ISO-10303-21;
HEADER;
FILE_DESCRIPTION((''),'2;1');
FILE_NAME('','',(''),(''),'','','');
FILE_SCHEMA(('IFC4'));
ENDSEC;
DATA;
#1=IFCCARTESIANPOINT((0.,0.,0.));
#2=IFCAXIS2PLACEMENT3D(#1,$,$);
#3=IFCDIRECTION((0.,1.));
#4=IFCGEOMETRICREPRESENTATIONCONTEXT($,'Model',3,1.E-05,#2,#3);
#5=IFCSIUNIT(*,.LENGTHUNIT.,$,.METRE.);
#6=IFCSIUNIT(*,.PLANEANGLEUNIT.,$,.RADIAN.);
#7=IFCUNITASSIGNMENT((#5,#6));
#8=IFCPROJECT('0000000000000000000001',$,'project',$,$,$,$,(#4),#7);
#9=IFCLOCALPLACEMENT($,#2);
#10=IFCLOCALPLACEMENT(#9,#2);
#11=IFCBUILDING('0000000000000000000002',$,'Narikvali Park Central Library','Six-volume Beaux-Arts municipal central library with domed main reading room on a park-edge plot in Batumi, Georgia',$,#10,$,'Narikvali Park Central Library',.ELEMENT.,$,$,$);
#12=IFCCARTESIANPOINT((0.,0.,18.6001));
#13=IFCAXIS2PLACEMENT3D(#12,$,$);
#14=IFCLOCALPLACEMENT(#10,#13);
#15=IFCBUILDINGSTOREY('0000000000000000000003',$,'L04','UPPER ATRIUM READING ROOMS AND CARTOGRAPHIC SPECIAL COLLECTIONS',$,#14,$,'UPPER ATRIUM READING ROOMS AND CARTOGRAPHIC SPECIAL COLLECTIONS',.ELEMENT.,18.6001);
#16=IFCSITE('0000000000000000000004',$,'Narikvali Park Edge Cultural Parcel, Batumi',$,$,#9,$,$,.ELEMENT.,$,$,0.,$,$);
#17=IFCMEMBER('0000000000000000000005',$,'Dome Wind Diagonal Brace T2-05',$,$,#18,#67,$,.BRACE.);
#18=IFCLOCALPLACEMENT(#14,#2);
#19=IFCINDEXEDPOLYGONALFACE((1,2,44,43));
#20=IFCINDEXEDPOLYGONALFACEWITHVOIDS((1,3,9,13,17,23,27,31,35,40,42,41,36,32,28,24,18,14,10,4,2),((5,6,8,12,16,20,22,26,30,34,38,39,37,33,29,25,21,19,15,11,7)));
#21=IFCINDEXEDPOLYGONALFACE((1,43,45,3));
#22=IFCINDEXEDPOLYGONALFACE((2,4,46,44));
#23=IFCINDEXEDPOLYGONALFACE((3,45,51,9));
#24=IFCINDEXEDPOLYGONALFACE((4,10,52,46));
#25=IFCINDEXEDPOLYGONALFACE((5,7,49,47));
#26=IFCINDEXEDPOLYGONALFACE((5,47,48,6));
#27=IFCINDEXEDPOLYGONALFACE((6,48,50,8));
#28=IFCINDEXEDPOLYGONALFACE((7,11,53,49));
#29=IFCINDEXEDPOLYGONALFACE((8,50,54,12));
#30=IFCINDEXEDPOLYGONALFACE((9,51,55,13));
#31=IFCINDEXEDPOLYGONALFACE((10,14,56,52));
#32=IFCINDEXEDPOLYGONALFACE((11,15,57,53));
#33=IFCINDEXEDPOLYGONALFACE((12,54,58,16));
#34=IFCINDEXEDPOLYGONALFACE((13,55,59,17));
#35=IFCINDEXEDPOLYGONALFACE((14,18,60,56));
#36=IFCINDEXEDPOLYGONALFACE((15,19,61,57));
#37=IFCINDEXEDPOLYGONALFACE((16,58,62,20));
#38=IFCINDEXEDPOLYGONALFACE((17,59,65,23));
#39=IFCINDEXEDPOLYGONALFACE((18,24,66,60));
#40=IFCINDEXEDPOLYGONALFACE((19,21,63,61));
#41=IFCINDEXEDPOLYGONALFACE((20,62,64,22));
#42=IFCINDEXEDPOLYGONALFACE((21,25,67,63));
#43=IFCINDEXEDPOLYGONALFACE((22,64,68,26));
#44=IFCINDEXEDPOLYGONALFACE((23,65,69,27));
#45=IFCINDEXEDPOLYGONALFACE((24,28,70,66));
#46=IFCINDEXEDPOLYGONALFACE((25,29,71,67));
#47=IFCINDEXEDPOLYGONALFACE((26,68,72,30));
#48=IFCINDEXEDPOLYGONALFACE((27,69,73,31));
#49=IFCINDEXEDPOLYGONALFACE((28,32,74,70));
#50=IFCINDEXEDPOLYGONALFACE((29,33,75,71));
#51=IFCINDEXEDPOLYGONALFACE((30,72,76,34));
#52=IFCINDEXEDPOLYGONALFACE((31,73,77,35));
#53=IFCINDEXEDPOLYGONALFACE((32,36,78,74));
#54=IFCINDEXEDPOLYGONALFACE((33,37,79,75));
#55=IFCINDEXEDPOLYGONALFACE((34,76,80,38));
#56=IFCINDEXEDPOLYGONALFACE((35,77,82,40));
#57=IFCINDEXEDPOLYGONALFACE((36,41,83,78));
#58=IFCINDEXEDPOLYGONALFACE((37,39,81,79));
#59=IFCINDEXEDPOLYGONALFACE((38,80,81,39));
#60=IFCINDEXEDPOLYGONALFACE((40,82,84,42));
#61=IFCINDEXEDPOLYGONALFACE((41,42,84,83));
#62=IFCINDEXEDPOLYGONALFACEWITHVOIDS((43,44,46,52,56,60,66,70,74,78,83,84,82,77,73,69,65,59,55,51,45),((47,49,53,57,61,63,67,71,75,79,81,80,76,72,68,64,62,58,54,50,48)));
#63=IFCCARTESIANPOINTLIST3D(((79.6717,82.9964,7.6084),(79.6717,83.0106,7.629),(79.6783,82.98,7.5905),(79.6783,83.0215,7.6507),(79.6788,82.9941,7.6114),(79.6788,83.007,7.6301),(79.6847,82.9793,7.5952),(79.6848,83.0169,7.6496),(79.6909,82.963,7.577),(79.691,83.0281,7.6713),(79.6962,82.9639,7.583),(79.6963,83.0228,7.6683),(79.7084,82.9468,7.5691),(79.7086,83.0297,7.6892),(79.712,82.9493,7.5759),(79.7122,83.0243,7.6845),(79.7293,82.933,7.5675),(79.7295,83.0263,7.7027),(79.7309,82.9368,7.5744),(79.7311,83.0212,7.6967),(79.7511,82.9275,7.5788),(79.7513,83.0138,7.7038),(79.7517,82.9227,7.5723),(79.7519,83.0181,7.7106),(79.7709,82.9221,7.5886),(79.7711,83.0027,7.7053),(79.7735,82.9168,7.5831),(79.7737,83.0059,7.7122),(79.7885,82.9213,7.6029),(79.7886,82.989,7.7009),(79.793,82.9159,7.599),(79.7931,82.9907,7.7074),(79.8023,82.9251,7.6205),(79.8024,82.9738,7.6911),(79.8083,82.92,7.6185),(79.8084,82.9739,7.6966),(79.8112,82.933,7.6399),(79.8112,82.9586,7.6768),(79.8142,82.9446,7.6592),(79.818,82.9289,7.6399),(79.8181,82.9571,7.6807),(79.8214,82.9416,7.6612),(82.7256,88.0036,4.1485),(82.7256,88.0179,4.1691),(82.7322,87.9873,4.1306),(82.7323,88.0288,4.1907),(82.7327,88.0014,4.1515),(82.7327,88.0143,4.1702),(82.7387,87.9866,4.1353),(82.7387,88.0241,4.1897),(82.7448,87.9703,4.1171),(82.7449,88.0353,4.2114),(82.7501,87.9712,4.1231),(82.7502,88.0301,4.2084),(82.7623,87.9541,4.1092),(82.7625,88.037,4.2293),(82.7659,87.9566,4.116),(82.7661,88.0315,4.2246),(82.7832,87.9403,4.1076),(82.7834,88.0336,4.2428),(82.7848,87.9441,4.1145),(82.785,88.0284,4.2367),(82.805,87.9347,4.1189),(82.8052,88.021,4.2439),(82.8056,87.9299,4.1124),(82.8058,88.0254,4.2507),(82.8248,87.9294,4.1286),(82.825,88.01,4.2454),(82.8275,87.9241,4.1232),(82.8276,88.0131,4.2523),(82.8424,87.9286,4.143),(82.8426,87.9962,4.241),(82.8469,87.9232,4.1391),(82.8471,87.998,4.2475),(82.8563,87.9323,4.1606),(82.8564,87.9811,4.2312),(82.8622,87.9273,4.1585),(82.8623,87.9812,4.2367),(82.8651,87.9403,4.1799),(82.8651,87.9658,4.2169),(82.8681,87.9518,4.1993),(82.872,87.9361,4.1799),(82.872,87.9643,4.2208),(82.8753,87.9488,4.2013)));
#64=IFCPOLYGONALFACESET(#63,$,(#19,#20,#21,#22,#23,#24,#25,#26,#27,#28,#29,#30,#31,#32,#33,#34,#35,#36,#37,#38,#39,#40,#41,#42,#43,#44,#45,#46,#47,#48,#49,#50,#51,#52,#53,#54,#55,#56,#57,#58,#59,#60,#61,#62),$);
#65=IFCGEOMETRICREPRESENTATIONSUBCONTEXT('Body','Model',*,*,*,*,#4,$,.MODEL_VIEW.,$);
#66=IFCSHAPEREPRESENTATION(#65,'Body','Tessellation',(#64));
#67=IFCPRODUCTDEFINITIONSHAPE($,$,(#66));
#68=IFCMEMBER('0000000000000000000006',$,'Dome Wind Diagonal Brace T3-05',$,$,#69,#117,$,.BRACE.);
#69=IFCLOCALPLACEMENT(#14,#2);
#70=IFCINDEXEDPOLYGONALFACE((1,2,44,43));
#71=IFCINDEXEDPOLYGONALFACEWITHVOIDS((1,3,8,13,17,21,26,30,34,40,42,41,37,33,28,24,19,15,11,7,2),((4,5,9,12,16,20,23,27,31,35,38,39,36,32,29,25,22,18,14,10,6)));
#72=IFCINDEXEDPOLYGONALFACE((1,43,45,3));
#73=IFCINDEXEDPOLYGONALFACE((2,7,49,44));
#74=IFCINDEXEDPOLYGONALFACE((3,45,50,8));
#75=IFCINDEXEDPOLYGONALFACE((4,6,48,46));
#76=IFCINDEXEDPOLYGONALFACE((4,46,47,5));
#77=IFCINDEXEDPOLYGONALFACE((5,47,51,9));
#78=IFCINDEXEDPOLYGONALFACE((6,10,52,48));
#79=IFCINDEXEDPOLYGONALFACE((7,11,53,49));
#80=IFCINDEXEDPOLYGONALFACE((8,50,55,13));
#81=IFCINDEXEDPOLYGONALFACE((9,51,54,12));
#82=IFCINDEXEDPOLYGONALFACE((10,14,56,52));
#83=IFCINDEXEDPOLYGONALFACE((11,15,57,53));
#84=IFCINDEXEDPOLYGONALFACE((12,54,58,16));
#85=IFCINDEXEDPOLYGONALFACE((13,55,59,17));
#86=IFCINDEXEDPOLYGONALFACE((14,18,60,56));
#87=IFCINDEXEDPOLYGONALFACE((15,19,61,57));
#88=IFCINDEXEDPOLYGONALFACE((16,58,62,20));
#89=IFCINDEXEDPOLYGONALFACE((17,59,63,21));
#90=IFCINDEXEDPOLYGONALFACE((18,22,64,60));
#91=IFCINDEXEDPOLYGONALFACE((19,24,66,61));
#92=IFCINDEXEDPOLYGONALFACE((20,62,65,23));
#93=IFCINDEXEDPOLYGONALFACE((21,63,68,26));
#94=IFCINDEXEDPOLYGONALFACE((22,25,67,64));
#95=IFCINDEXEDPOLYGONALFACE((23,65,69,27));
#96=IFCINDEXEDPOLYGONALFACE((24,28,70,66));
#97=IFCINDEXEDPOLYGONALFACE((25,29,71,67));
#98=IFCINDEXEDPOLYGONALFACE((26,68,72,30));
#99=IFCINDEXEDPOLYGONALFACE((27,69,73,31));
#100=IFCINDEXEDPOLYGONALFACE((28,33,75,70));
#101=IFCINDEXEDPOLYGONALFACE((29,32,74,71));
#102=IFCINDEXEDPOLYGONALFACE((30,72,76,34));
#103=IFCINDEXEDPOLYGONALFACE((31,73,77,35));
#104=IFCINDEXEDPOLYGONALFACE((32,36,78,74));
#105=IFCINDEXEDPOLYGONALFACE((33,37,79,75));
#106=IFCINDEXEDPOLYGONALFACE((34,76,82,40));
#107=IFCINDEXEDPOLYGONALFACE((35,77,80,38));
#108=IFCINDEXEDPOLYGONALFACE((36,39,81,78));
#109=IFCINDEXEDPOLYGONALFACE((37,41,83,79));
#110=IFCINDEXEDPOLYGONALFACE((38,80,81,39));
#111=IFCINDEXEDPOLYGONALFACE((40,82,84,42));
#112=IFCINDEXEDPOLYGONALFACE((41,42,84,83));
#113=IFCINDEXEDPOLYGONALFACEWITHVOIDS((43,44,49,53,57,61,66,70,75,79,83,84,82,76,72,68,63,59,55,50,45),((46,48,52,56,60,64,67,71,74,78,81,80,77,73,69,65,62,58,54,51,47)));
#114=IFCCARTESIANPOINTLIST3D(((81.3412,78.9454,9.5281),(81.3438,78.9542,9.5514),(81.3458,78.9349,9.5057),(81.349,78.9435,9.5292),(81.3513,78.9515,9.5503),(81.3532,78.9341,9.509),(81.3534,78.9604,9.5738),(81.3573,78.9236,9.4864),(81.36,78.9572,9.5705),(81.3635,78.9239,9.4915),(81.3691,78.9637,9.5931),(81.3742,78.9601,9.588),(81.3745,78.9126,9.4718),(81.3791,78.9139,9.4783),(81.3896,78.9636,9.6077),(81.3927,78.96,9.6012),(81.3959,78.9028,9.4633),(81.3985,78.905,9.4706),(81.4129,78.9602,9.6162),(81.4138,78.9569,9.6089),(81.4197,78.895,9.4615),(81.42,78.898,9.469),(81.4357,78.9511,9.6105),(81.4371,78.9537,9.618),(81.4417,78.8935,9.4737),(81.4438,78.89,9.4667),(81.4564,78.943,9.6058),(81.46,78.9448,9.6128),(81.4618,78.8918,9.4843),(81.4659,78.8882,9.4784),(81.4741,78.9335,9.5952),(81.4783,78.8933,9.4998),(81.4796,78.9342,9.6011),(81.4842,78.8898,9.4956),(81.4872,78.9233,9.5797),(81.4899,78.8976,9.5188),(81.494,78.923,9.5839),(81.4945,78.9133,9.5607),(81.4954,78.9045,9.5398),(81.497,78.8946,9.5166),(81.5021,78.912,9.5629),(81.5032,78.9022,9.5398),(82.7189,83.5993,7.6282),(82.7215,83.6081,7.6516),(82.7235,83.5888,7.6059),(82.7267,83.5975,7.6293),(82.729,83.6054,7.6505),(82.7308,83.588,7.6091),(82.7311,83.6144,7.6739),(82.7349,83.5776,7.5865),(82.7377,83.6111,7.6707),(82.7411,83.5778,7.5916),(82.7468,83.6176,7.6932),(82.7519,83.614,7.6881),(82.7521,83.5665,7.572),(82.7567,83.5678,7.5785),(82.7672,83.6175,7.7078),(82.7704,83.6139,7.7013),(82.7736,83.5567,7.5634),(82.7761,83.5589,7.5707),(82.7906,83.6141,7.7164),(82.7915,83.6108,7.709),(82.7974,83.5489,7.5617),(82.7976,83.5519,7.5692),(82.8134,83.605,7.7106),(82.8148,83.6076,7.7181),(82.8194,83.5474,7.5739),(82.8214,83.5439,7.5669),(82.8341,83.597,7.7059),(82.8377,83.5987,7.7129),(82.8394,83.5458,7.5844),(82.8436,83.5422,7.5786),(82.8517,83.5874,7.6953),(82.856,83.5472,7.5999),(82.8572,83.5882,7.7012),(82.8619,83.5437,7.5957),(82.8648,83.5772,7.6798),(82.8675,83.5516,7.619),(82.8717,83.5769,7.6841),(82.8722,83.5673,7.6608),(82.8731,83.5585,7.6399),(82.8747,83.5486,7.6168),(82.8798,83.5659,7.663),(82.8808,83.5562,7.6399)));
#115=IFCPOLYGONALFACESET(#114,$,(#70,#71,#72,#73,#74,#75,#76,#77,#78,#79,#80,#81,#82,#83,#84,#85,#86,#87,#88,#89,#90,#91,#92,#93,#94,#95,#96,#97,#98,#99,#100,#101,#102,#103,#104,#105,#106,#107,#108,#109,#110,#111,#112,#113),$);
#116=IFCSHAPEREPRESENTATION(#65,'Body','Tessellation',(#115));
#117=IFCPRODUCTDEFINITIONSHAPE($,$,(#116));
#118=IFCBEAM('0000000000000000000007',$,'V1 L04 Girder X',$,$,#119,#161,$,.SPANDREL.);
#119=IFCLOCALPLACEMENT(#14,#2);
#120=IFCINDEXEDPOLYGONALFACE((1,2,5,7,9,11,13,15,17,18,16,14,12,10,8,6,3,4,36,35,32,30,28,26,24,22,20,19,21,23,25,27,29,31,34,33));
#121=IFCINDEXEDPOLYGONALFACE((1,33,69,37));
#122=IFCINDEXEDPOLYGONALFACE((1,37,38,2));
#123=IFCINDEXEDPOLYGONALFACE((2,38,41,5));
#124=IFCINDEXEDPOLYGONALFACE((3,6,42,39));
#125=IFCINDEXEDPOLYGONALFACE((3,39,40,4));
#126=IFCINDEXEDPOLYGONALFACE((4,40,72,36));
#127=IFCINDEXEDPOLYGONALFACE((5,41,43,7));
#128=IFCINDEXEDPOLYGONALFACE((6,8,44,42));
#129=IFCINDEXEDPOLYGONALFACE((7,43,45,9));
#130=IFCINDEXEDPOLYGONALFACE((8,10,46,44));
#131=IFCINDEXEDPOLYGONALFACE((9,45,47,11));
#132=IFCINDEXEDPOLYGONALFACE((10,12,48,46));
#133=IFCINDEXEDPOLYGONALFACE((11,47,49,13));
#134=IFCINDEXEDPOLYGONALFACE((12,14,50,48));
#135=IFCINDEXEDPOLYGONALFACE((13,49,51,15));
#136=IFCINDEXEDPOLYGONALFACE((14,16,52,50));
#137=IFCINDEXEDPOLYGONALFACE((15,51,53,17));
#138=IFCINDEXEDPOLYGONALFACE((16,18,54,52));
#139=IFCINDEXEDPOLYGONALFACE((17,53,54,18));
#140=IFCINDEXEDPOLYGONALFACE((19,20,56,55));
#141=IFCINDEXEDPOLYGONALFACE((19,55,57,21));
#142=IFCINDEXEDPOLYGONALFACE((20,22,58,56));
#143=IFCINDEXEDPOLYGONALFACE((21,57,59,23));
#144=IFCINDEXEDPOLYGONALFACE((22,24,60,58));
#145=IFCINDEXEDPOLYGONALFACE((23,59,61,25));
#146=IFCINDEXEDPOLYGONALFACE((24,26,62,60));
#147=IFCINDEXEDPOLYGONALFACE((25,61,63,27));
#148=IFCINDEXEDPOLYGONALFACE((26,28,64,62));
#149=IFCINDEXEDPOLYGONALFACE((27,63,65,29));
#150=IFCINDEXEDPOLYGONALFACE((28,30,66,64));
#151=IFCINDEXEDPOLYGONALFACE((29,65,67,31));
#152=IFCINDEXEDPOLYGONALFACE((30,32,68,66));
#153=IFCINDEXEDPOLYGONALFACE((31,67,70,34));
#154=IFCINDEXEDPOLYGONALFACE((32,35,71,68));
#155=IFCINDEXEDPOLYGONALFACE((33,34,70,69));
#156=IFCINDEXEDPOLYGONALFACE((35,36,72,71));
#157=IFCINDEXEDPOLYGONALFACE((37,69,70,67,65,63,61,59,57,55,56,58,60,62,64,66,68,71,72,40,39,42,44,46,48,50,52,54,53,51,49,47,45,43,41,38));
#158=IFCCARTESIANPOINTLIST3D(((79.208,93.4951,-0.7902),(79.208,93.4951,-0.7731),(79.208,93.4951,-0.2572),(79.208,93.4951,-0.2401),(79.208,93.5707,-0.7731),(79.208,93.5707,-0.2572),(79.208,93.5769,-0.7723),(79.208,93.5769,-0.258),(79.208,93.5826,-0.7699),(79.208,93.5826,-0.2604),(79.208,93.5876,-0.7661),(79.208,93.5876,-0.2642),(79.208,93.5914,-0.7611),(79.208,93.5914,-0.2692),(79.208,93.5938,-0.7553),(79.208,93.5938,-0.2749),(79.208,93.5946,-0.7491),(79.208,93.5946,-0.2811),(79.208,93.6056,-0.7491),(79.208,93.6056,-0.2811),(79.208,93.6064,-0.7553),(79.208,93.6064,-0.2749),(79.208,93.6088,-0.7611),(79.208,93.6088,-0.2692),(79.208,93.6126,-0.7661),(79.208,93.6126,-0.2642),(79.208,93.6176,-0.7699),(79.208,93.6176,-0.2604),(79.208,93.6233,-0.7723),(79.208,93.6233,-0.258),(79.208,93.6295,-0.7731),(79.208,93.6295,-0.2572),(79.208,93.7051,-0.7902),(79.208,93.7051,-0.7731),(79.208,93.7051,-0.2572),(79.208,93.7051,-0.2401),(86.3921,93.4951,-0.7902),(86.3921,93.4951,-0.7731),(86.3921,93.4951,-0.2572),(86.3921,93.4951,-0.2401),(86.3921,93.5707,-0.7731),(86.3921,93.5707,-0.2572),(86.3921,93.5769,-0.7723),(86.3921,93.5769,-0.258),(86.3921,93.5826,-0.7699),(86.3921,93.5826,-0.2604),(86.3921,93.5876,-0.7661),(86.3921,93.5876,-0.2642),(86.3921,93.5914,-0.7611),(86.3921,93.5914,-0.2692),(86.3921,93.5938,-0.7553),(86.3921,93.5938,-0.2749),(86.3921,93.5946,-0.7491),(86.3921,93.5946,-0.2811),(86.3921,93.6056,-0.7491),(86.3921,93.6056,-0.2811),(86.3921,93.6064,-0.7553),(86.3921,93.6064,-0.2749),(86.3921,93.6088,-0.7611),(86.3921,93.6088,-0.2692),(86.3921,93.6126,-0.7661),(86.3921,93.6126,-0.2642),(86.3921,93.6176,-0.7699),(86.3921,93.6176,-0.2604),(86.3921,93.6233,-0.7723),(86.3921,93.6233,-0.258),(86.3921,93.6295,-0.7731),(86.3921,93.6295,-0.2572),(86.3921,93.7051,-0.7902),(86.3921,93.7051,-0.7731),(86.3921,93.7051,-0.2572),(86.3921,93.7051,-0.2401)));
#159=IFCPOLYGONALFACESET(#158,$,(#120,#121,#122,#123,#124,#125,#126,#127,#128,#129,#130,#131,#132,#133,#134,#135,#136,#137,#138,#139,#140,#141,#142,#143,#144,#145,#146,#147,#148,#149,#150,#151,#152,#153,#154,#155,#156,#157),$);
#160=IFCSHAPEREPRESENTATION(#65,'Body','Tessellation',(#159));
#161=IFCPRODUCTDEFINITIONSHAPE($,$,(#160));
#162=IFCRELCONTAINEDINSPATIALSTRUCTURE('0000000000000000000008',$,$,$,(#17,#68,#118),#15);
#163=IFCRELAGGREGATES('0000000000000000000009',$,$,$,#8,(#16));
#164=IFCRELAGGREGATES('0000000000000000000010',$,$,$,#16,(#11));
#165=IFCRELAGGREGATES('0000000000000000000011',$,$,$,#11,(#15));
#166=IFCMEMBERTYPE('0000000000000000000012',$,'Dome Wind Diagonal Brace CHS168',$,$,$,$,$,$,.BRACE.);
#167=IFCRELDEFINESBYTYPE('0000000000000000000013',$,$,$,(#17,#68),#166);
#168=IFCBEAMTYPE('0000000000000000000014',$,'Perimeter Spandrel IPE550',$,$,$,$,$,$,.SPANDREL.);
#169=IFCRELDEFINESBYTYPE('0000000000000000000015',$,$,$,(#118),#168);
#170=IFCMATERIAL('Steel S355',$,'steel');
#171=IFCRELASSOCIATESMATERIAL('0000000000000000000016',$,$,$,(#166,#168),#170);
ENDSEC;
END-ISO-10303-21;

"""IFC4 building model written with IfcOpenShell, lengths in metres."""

from ifc_helpers import new_model, si_unit, direction, frame, origin, origin_2d, place, context, subcontext, project, spatial, hollow_circle, i_section, extrude, material, material_profile, profile_set, type_object, element, save


model = new_model("IFC4")

# Units and contexts
model_context = context("Model", 3, precision=1e-05, world=origin(), true_north=direction((0.0, 1.0)))
body_context = subcontext(model_context, "Body", "Model", "MODEL_VIEW")
ifc_project = project(units=[si_unit("LENGTHUNIT", "METRE"), si_unit("PLANEANGLEUNIT", "RADIAN")], contexts=[model_context])

# Site, building, storey
site_placement = place(None, origin())
site = spatial("IfcSite", under=ifc_project, at=site_placement, Name="Narikvali Park Edge Cultural Parcel, Batumi", CompositionType="ELEMENT", RefElevation=0.0)
building_placement = place(site_placement, origin())
building = spatial("IfcBuilding", under=site, at=building_placement, Name="Narikvali Park Central Library", Description="Six-volume Beaux-Arts municipal central library with domed main reading room on a park-edge plot in Batumi, Georgia", LongName="Narikvali Park Central Library", CompositionType="ELEMENT")
storey_placement = place(building_placement, frame((0.0, 0.0, 18.6001)))
storey = spatial("IfcBuildingStorey", under=building, at=storey_placement, Name="L04", Description="UPPER ATRIUM READING ROOMS AND CARTOGRAPHIC SPECIAL COLLECTIONS", LongName="UPPER ATRIUM READING ROOMS AND CARTOGRAPHIC SPECIAL COLLECTIONS", CompositionType="ELEMENT", Elevation=18.6001)

# Shared definitions
ifc_material_1 = material(Name="Steel S355", Category="steel")

# Members
ifc_material_profile_1 = material_profile(ifc_material_1, hollow_circle(Radius=0.0842, WallThickness=0.0081, at=origin_2d()), Name="CHS 168.3x8")
ifc_profile_set_1 = profile_set([ifc_material_profile_1], Name="Steel S355")
member_type_1 = type_object("IfcMemberType", Name="Dome Wind Diagonal Brace CHS168", PredefinedType="BRACE", material=ifc_profile_set_1)
member_1_placement = place(storey_placement, frame((82.8, 87.98, 4.1799), z_axis=(-0.448475, -0.735328, 0.508097), x_axis=(0.853742, -0.520695, 0.0)))
element("IfcMember", 1, at=member_1_placement, inside=storey, type_object=member_type_1, Name="Dome Wind Diagonal Brace T2-05", PredefinedType="BRACE", context=body_context, shape_type="SweptSolid", body=[
    extrude(hollow_circle(Radius=0.0842, WallThickness=0.0081, at=origin_2d()), origin(), (0.0, 0.0, 1.0), 6.8096),
])
member_2_placement = place(storey_placement, frame((82.8, 83.5801, 7.6399), z_axis=(-0.264315, -0.892902, 0.364505), x_axis=(0.958871, -0.283843, 0.0)))
element("IfcMember", 2, at=member_2_placement, inside=storey, type_object=member_type_1, Name="Dome Wind Diagonal Brace T3-05", PredefinedType="BRACE", context=body_context, shape_type="SweptSolid", body=[
    extrude(hollow_circle(Radius=0.0842, WallThickness=0.0081, at=origin_2d()), origin(), (0.0, 0.0, 1.0), 5.2122),
])

# Beam
ifc_material_profile_2 = material_profile(ifc_material_1, i_section(OverallWidth=0.21, OverallDepth=0.55, WebThickness=0.011, FlangeThickness=0.0171, FilletRadius=0.0239, at=origin_2d()), Name="IPE 550")
ifc_profile_set_2 = profile_set([ifc_material_profile_2], Name="Steel S355")
beam_type_1 = type_object("IfcBeamType", Name="Perimeter Spandrel IPE550", PredefinedType="SPANDREL", material=ifc_profile_set_2)
for number, where, z_axis, x_axis, name in (
    (3, (79.208, 93.6001, -0.5151), (1.0, 0.0, 0.0), (0.0, 1.0, 0.0), "V1 L04 Girder X"),
):
    element("IfcBeam", number, at=place(storey_placement, frame(where, z_axis=z_axis, x_axis=x_axis)), inside=storey, type_object=beam_type_1, Name=name, PredefinedType="SPANDREL", context=body_context, shape_type="SweptSolid", body=[
        extrude(i_section(OverallWidth=0.21, OverallDepth=0.55, WebThickness=0.011, FlangeThickness=0.0171, FilletRadius=0.0239, at=origin_2d()), origin(), (0.0, 0.0, 1.0), 7.1841),
    ])

save(model, "model.ifc")
